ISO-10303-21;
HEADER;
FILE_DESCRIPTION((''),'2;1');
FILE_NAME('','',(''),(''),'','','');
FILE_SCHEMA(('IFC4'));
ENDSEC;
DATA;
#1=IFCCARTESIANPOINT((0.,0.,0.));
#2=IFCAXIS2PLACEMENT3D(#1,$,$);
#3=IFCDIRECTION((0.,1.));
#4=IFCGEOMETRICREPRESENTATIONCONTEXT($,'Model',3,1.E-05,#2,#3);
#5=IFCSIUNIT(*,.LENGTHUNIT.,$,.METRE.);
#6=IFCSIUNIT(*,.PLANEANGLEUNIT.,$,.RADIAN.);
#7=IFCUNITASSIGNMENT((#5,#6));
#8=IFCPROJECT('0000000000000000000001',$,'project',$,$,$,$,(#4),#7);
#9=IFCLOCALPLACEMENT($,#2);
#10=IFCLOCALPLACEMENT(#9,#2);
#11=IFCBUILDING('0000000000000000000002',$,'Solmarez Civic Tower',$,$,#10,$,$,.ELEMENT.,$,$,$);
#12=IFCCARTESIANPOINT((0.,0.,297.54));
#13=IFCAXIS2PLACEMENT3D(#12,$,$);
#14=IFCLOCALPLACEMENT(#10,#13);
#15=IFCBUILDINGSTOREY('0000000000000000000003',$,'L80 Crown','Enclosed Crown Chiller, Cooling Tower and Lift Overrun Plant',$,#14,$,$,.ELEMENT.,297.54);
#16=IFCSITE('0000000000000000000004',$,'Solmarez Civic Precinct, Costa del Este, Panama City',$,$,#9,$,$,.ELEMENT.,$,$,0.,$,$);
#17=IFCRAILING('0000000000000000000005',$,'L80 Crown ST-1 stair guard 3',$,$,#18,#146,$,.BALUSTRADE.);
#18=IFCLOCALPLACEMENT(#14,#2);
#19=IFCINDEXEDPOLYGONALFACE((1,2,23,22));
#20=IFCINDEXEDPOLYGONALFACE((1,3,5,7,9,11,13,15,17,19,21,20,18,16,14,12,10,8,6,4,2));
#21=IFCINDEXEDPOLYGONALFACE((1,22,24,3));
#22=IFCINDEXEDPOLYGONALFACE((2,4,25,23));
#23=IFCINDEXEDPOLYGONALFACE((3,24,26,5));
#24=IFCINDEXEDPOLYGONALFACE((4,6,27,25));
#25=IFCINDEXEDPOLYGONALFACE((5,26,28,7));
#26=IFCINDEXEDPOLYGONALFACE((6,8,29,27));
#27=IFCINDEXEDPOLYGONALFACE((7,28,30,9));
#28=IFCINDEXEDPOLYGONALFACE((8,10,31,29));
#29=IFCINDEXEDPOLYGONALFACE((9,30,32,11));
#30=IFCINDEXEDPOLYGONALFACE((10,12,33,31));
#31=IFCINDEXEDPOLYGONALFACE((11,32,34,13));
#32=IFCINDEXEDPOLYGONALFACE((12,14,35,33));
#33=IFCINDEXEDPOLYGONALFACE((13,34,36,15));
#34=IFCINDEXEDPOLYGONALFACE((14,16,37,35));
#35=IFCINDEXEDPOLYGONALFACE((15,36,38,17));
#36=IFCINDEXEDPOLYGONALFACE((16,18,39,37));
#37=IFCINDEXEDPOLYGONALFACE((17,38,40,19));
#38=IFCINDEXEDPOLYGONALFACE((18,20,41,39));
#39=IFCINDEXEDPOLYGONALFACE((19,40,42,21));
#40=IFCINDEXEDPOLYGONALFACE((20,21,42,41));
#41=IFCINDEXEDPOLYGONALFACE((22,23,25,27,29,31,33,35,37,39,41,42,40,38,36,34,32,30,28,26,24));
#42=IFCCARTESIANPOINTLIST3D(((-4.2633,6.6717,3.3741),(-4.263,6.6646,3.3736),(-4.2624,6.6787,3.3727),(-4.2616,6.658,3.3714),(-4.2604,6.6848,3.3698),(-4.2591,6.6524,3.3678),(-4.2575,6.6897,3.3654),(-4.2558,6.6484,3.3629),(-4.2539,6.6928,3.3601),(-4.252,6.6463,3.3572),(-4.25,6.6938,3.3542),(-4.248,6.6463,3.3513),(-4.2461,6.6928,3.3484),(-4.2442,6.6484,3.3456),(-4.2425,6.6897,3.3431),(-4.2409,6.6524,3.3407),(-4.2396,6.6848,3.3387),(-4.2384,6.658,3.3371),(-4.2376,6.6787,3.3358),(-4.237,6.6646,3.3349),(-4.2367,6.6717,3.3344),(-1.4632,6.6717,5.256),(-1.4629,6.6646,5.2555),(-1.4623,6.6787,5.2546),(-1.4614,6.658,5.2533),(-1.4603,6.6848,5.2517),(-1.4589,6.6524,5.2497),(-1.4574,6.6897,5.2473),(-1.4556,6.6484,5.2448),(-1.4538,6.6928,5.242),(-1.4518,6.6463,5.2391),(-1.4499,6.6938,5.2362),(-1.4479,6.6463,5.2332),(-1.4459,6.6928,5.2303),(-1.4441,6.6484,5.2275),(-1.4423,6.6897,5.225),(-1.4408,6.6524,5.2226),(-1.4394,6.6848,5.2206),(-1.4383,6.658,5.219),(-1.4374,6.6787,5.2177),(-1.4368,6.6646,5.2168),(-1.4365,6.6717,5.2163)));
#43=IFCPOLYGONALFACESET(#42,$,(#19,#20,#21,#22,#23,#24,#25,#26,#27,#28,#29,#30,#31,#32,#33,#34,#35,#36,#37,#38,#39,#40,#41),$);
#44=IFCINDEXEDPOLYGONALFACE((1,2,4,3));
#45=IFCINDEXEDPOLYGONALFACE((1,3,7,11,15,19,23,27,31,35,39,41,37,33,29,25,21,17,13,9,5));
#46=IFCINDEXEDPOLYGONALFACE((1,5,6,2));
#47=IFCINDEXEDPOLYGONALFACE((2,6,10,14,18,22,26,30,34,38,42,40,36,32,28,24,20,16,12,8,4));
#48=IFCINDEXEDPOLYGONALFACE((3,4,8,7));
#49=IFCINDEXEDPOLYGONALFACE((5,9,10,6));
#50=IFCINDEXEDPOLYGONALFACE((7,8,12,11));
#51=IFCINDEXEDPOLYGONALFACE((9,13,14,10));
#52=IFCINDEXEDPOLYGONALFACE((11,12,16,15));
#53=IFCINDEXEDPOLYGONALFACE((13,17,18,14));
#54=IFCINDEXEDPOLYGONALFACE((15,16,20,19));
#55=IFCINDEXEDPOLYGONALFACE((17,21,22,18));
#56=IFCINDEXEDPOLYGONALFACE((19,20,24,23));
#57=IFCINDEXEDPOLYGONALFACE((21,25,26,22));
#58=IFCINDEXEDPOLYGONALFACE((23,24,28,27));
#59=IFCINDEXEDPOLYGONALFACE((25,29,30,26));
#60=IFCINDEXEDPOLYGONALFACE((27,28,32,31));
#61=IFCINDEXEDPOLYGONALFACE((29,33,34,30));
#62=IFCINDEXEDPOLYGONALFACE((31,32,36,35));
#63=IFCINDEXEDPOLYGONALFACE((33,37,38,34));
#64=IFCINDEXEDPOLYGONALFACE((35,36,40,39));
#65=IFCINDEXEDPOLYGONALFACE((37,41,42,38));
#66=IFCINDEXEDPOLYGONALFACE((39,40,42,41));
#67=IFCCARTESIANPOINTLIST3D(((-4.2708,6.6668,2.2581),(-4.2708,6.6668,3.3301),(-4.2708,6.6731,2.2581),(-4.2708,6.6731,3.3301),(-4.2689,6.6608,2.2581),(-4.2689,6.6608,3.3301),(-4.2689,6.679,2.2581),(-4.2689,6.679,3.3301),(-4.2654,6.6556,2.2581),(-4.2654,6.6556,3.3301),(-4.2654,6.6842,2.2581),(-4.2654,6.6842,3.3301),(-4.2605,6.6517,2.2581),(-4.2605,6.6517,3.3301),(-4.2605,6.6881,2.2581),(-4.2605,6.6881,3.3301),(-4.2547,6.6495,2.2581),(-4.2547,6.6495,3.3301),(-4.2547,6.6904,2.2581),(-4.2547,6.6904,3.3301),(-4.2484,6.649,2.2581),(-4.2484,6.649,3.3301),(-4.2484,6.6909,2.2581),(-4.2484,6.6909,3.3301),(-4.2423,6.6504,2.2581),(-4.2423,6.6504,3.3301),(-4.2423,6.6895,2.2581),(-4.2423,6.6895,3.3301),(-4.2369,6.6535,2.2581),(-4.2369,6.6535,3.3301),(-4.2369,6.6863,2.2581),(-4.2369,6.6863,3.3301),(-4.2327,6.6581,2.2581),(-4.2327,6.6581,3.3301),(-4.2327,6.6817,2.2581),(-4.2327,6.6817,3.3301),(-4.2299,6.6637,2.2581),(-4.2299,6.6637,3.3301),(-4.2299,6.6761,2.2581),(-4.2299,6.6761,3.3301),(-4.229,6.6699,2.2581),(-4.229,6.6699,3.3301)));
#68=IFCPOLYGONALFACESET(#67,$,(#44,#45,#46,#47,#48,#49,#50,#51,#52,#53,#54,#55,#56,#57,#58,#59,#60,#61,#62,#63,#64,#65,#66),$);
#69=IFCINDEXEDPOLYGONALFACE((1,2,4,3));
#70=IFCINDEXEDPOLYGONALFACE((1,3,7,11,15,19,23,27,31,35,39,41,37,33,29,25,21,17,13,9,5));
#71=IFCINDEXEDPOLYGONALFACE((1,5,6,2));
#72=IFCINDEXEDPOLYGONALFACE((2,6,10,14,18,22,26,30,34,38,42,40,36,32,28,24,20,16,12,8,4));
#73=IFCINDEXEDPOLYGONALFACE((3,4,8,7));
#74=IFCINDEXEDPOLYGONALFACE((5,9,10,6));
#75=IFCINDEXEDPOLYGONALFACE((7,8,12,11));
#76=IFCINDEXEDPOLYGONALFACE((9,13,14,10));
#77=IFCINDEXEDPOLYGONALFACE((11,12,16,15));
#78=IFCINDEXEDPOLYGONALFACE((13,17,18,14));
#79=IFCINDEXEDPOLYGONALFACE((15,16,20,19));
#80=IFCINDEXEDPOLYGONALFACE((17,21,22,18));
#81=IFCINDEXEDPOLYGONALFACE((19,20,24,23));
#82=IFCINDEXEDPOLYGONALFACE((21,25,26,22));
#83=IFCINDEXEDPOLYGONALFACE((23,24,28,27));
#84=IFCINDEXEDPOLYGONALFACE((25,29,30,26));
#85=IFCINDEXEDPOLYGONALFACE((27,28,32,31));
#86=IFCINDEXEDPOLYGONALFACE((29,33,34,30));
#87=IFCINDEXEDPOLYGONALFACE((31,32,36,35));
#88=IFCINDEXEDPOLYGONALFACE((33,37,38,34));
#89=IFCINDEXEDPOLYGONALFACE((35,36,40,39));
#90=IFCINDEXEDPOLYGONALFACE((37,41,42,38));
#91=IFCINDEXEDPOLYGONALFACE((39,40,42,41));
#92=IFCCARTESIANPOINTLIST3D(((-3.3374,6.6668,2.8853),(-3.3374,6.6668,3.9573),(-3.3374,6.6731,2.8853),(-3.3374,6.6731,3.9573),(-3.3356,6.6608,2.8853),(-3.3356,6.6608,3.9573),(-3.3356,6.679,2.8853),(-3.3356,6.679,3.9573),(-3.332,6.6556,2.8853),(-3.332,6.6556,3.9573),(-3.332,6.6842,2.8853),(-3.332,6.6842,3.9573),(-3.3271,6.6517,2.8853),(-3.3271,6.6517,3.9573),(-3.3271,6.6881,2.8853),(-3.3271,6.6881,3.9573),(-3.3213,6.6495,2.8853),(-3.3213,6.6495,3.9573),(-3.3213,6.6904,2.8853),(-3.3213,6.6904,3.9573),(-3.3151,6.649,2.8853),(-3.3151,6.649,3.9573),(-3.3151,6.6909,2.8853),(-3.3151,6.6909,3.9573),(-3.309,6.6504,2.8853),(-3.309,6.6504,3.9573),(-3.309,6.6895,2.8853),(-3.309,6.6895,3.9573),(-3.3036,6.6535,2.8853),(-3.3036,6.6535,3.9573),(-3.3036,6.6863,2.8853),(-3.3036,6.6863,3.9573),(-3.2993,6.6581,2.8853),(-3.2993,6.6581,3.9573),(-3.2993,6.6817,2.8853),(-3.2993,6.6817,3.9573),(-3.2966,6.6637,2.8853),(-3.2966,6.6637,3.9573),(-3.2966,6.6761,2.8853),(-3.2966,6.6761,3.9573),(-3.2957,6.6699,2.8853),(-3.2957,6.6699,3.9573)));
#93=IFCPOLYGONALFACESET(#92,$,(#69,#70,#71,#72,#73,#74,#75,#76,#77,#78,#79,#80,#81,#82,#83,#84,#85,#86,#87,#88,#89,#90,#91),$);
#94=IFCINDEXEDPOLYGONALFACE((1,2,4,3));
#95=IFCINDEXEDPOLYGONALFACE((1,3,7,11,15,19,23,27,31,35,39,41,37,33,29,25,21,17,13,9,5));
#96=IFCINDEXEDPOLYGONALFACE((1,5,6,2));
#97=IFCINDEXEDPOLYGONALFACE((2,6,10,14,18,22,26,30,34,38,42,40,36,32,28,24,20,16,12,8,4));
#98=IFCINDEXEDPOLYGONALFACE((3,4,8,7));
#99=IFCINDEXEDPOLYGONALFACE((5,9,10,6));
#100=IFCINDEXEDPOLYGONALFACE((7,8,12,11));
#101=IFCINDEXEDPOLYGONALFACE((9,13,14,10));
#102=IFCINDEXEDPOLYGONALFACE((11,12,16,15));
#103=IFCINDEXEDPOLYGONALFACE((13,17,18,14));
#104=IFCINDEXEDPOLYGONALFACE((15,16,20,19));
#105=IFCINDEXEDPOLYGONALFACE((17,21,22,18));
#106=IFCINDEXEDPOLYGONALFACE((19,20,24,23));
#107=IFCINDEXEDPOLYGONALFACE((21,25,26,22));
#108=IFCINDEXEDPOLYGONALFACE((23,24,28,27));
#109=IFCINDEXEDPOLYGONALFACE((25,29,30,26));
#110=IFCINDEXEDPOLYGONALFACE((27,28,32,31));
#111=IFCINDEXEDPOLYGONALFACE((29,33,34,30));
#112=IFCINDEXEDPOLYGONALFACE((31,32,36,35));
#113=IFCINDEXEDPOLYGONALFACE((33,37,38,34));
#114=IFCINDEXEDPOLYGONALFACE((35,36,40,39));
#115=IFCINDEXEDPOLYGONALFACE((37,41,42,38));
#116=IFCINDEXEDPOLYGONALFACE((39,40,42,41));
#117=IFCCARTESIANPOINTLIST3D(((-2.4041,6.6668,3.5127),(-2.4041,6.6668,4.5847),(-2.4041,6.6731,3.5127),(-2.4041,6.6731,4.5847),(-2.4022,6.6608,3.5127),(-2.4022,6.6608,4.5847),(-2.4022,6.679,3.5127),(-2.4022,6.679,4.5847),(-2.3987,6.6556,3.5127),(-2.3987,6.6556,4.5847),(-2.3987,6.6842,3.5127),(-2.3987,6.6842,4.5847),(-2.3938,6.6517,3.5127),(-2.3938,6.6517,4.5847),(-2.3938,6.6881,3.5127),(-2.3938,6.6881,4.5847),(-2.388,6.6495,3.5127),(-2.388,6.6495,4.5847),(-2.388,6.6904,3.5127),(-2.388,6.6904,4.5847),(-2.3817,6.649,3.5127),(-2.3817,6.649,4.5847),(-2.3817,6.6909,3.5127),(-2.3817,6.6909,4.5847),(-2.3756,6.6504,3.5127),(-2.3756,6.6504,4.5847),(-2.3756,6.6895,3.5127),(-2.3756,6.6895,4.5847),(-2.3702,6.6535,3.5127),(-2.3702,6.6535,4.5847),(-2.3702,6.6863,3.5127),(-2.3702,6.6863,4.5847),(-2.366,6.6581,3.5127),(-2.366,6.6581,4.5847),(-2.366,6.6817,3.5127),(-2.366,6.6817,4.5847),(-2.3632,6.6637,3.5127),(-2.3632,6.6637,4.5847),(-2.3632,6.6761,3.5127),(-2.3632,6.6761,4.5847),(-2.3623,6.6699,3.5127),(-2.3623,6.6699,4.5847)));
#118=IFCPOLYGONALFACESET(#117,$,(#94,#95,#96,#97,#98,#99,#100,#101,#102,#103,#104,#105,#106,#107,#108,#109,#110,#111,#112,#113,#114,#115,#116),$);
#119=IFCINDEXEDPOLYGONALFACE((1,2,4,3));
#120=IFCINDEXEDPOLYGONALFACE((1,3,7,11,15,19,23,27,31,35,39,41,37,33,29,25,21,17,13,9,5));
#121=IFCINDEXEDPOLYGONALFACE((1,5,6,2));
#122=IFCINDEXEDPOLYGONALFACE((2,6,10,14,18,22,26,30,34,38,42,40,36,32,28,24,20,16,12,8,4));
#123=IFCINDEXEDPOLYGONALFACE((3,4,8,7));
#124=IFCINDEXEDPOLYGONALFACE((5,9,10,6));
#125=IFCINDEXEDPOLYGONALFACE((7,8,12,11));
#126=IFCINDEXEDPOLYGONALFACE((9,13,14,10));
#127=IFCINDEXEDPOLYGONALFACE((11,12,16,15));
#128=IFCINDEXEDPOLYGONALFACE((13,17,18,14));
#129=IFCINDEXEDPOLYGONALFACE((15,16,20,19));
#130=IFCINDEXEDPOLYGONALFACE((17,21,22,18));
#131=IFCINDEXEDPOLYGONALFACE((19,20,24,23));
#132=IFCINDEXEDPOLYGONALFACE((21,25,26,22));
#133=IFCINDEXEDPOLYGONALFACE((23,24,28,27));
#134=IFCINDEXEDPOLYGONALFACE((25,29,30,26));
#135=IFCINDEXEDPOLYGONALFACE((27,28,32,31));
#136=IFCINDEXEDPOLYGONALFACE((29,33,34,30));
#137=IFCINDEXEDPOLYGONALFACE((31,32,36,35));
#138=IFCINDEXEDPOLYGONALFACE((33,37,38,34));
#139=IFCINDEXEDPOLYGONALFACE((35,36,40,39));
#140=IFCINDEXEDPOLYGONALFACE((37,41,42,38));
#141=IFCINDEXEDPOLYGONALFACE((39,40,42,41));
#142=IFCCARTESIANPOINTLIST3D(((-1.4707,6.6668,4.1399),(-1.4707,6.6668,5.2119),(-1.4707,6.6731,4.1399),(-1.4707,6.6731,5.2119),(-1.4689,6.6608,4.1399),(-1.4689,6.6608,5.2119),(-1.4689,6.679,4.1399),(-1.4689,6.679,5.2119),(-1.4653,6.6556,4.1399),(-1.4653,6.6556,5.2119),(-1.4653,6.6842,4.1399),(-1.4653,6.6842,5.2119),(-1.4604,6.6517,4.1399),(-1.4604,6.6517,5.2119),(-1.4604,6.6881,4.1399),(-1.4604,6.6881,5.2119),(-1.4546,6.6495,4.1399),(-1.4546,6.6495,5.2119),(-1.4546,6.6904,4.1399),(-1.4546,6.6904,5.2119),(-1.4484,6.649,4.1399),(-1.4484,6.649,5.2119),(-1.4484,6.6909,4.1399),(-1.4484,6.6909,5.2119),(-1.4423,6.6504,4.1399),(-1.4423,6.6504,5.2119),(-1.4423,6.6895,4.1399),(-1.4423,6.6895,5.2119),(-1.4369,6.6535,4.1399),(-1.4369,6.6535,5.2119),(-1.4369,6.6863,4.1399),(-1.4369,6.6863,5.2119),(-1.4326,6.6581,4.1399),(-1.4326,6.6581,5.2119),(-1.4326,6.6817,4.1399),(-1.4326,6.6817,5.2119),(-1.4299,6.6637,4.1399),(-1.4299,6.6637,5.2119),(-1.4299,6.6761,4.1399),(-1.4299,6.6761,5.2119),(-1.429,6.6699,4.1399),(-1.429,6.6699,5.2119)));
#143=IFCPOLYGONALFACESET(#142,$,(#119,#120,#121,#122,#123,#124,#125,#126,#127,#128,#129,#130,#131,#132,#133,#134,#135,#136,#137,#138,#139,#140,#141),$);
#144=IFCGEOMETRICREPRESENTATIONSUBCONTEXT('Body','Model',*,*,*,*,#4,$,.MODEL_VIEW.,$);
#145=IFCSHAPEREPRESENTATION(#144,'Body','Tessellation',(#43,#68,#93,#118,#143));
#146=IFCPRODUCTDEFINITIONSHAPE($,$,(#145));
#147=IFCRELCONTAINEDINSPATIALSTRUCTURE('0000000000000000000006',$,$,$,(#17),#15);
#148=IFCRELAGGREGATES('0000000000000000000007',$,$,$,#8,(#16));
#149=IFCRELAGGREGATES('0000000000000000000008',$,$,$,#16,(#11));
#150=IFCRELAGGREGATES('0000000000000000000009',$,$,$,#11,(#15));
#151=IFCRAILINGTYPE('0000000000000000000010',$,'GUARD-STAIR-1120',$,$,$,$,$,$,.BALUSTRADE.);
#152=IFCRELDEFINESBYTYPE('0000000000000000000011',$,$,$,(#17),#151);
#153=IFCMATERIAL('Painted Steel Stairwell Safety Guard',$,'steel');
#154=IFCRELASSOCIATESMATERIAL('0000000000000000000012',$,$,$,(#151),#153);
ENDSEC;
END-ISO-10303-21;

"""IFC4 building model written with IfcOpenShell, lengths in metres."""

from ifc_helpers import new_model, si_unit, direction, frame, origin, origin_2d, place, context, subcontext, project, spatial, circle, extrude, material, type_object, element, save


model = new_model("IFC4")

# Units and contexts
model_context = context("Model", 3, precision=1e-05, world=origin(), true_north=direction((0.0, 1.0)))
body_context = subcontext(model_context, "Body", "Model", "MODEL_VIEW")
ifc_project = project(units=[si_unit("LENGTHUNIT", "METRE"), si_unit("PLANEANGLEUNIT", "RADIAN")], contexts=[model_context])

# Site, building, storey
site_placement = place(None, origin())
site = spatial("IfcSite", under=ifc_project, at=site_placement, Name="Solmarez Civic Precinct, Costa del Este, Panama City", CompositionType="ELEMENT", RefElevation=0.0)
building_placement = place(site_placement, origin())
building = spatial("IfcBuilding", under=site, at=building_placement, Name="Solmarez Civic Tower", CompositionType="ELEMENT")
storey_placement = place(building_placement, frame((0.0, 0.0, 297.54)))
storey = spatial("IfcBuildingStorey", under=building, at=storey_placement, Name="L80 Crown", Description="Enclosed Crown Chiller, Cooling Tower and Lift Overrun Plant", CompositionType="ELEMENT", Elevation=297.54)

# Railing
ifc_material_1 = material(Name="Painted Steel Stairwell Safety Guard", Category="steel")
railing_type_1 = type_object("IfcRailingType", Name="GUARD-STAIR-1120", PredefinedType="BALUSTRADE", material=ifc_material_1)
railing_1_placement = place(storey_placement, frame((-4.25, 6.6699, 2.2581)))
element("IfcRailing", 1, at=railing_1_placement, inside=storey, type_object=railing_type_1, Name="L80 Crown ST-1 stair guard 3", PredefinedType="BALUSTRADE", context=body_context, shape_type="SweptSolid", body=[
    extrude(circle(Radius=0.0239, at=origin_2d()), frame((0.0, 0.0, 1.0962), z_axis=(0.829974, 0.0, 0.557803), x_axis=(0.0, 1.0, 0.0)), (0.0, 0.0, 1.0), 3.3738),
    extrude(circle(Radius=0.021, at=origin_2d()), origin(), (0.0, 0.0, 1.0), 1.072),
    extrude(circle(Radius=0.021, at=origin_2d()), frame((0.9333, 0.0, 0.6272)), (0.0, 0.0, 1.0), 1.072),
    extrude(circle(Radius=0.021, at=origin_2d()), frame((1.8667, 0.0, 1.2546)), (0.0, 0.0, 1.0), 1.072),
    extrude(circle(Radius=0.021, at=origin_2d()), frame((2.8, 0.0, 1.8818)), (0.0, 0.0, 1.0), 1.072),
])

save(model, "model.ifc")
